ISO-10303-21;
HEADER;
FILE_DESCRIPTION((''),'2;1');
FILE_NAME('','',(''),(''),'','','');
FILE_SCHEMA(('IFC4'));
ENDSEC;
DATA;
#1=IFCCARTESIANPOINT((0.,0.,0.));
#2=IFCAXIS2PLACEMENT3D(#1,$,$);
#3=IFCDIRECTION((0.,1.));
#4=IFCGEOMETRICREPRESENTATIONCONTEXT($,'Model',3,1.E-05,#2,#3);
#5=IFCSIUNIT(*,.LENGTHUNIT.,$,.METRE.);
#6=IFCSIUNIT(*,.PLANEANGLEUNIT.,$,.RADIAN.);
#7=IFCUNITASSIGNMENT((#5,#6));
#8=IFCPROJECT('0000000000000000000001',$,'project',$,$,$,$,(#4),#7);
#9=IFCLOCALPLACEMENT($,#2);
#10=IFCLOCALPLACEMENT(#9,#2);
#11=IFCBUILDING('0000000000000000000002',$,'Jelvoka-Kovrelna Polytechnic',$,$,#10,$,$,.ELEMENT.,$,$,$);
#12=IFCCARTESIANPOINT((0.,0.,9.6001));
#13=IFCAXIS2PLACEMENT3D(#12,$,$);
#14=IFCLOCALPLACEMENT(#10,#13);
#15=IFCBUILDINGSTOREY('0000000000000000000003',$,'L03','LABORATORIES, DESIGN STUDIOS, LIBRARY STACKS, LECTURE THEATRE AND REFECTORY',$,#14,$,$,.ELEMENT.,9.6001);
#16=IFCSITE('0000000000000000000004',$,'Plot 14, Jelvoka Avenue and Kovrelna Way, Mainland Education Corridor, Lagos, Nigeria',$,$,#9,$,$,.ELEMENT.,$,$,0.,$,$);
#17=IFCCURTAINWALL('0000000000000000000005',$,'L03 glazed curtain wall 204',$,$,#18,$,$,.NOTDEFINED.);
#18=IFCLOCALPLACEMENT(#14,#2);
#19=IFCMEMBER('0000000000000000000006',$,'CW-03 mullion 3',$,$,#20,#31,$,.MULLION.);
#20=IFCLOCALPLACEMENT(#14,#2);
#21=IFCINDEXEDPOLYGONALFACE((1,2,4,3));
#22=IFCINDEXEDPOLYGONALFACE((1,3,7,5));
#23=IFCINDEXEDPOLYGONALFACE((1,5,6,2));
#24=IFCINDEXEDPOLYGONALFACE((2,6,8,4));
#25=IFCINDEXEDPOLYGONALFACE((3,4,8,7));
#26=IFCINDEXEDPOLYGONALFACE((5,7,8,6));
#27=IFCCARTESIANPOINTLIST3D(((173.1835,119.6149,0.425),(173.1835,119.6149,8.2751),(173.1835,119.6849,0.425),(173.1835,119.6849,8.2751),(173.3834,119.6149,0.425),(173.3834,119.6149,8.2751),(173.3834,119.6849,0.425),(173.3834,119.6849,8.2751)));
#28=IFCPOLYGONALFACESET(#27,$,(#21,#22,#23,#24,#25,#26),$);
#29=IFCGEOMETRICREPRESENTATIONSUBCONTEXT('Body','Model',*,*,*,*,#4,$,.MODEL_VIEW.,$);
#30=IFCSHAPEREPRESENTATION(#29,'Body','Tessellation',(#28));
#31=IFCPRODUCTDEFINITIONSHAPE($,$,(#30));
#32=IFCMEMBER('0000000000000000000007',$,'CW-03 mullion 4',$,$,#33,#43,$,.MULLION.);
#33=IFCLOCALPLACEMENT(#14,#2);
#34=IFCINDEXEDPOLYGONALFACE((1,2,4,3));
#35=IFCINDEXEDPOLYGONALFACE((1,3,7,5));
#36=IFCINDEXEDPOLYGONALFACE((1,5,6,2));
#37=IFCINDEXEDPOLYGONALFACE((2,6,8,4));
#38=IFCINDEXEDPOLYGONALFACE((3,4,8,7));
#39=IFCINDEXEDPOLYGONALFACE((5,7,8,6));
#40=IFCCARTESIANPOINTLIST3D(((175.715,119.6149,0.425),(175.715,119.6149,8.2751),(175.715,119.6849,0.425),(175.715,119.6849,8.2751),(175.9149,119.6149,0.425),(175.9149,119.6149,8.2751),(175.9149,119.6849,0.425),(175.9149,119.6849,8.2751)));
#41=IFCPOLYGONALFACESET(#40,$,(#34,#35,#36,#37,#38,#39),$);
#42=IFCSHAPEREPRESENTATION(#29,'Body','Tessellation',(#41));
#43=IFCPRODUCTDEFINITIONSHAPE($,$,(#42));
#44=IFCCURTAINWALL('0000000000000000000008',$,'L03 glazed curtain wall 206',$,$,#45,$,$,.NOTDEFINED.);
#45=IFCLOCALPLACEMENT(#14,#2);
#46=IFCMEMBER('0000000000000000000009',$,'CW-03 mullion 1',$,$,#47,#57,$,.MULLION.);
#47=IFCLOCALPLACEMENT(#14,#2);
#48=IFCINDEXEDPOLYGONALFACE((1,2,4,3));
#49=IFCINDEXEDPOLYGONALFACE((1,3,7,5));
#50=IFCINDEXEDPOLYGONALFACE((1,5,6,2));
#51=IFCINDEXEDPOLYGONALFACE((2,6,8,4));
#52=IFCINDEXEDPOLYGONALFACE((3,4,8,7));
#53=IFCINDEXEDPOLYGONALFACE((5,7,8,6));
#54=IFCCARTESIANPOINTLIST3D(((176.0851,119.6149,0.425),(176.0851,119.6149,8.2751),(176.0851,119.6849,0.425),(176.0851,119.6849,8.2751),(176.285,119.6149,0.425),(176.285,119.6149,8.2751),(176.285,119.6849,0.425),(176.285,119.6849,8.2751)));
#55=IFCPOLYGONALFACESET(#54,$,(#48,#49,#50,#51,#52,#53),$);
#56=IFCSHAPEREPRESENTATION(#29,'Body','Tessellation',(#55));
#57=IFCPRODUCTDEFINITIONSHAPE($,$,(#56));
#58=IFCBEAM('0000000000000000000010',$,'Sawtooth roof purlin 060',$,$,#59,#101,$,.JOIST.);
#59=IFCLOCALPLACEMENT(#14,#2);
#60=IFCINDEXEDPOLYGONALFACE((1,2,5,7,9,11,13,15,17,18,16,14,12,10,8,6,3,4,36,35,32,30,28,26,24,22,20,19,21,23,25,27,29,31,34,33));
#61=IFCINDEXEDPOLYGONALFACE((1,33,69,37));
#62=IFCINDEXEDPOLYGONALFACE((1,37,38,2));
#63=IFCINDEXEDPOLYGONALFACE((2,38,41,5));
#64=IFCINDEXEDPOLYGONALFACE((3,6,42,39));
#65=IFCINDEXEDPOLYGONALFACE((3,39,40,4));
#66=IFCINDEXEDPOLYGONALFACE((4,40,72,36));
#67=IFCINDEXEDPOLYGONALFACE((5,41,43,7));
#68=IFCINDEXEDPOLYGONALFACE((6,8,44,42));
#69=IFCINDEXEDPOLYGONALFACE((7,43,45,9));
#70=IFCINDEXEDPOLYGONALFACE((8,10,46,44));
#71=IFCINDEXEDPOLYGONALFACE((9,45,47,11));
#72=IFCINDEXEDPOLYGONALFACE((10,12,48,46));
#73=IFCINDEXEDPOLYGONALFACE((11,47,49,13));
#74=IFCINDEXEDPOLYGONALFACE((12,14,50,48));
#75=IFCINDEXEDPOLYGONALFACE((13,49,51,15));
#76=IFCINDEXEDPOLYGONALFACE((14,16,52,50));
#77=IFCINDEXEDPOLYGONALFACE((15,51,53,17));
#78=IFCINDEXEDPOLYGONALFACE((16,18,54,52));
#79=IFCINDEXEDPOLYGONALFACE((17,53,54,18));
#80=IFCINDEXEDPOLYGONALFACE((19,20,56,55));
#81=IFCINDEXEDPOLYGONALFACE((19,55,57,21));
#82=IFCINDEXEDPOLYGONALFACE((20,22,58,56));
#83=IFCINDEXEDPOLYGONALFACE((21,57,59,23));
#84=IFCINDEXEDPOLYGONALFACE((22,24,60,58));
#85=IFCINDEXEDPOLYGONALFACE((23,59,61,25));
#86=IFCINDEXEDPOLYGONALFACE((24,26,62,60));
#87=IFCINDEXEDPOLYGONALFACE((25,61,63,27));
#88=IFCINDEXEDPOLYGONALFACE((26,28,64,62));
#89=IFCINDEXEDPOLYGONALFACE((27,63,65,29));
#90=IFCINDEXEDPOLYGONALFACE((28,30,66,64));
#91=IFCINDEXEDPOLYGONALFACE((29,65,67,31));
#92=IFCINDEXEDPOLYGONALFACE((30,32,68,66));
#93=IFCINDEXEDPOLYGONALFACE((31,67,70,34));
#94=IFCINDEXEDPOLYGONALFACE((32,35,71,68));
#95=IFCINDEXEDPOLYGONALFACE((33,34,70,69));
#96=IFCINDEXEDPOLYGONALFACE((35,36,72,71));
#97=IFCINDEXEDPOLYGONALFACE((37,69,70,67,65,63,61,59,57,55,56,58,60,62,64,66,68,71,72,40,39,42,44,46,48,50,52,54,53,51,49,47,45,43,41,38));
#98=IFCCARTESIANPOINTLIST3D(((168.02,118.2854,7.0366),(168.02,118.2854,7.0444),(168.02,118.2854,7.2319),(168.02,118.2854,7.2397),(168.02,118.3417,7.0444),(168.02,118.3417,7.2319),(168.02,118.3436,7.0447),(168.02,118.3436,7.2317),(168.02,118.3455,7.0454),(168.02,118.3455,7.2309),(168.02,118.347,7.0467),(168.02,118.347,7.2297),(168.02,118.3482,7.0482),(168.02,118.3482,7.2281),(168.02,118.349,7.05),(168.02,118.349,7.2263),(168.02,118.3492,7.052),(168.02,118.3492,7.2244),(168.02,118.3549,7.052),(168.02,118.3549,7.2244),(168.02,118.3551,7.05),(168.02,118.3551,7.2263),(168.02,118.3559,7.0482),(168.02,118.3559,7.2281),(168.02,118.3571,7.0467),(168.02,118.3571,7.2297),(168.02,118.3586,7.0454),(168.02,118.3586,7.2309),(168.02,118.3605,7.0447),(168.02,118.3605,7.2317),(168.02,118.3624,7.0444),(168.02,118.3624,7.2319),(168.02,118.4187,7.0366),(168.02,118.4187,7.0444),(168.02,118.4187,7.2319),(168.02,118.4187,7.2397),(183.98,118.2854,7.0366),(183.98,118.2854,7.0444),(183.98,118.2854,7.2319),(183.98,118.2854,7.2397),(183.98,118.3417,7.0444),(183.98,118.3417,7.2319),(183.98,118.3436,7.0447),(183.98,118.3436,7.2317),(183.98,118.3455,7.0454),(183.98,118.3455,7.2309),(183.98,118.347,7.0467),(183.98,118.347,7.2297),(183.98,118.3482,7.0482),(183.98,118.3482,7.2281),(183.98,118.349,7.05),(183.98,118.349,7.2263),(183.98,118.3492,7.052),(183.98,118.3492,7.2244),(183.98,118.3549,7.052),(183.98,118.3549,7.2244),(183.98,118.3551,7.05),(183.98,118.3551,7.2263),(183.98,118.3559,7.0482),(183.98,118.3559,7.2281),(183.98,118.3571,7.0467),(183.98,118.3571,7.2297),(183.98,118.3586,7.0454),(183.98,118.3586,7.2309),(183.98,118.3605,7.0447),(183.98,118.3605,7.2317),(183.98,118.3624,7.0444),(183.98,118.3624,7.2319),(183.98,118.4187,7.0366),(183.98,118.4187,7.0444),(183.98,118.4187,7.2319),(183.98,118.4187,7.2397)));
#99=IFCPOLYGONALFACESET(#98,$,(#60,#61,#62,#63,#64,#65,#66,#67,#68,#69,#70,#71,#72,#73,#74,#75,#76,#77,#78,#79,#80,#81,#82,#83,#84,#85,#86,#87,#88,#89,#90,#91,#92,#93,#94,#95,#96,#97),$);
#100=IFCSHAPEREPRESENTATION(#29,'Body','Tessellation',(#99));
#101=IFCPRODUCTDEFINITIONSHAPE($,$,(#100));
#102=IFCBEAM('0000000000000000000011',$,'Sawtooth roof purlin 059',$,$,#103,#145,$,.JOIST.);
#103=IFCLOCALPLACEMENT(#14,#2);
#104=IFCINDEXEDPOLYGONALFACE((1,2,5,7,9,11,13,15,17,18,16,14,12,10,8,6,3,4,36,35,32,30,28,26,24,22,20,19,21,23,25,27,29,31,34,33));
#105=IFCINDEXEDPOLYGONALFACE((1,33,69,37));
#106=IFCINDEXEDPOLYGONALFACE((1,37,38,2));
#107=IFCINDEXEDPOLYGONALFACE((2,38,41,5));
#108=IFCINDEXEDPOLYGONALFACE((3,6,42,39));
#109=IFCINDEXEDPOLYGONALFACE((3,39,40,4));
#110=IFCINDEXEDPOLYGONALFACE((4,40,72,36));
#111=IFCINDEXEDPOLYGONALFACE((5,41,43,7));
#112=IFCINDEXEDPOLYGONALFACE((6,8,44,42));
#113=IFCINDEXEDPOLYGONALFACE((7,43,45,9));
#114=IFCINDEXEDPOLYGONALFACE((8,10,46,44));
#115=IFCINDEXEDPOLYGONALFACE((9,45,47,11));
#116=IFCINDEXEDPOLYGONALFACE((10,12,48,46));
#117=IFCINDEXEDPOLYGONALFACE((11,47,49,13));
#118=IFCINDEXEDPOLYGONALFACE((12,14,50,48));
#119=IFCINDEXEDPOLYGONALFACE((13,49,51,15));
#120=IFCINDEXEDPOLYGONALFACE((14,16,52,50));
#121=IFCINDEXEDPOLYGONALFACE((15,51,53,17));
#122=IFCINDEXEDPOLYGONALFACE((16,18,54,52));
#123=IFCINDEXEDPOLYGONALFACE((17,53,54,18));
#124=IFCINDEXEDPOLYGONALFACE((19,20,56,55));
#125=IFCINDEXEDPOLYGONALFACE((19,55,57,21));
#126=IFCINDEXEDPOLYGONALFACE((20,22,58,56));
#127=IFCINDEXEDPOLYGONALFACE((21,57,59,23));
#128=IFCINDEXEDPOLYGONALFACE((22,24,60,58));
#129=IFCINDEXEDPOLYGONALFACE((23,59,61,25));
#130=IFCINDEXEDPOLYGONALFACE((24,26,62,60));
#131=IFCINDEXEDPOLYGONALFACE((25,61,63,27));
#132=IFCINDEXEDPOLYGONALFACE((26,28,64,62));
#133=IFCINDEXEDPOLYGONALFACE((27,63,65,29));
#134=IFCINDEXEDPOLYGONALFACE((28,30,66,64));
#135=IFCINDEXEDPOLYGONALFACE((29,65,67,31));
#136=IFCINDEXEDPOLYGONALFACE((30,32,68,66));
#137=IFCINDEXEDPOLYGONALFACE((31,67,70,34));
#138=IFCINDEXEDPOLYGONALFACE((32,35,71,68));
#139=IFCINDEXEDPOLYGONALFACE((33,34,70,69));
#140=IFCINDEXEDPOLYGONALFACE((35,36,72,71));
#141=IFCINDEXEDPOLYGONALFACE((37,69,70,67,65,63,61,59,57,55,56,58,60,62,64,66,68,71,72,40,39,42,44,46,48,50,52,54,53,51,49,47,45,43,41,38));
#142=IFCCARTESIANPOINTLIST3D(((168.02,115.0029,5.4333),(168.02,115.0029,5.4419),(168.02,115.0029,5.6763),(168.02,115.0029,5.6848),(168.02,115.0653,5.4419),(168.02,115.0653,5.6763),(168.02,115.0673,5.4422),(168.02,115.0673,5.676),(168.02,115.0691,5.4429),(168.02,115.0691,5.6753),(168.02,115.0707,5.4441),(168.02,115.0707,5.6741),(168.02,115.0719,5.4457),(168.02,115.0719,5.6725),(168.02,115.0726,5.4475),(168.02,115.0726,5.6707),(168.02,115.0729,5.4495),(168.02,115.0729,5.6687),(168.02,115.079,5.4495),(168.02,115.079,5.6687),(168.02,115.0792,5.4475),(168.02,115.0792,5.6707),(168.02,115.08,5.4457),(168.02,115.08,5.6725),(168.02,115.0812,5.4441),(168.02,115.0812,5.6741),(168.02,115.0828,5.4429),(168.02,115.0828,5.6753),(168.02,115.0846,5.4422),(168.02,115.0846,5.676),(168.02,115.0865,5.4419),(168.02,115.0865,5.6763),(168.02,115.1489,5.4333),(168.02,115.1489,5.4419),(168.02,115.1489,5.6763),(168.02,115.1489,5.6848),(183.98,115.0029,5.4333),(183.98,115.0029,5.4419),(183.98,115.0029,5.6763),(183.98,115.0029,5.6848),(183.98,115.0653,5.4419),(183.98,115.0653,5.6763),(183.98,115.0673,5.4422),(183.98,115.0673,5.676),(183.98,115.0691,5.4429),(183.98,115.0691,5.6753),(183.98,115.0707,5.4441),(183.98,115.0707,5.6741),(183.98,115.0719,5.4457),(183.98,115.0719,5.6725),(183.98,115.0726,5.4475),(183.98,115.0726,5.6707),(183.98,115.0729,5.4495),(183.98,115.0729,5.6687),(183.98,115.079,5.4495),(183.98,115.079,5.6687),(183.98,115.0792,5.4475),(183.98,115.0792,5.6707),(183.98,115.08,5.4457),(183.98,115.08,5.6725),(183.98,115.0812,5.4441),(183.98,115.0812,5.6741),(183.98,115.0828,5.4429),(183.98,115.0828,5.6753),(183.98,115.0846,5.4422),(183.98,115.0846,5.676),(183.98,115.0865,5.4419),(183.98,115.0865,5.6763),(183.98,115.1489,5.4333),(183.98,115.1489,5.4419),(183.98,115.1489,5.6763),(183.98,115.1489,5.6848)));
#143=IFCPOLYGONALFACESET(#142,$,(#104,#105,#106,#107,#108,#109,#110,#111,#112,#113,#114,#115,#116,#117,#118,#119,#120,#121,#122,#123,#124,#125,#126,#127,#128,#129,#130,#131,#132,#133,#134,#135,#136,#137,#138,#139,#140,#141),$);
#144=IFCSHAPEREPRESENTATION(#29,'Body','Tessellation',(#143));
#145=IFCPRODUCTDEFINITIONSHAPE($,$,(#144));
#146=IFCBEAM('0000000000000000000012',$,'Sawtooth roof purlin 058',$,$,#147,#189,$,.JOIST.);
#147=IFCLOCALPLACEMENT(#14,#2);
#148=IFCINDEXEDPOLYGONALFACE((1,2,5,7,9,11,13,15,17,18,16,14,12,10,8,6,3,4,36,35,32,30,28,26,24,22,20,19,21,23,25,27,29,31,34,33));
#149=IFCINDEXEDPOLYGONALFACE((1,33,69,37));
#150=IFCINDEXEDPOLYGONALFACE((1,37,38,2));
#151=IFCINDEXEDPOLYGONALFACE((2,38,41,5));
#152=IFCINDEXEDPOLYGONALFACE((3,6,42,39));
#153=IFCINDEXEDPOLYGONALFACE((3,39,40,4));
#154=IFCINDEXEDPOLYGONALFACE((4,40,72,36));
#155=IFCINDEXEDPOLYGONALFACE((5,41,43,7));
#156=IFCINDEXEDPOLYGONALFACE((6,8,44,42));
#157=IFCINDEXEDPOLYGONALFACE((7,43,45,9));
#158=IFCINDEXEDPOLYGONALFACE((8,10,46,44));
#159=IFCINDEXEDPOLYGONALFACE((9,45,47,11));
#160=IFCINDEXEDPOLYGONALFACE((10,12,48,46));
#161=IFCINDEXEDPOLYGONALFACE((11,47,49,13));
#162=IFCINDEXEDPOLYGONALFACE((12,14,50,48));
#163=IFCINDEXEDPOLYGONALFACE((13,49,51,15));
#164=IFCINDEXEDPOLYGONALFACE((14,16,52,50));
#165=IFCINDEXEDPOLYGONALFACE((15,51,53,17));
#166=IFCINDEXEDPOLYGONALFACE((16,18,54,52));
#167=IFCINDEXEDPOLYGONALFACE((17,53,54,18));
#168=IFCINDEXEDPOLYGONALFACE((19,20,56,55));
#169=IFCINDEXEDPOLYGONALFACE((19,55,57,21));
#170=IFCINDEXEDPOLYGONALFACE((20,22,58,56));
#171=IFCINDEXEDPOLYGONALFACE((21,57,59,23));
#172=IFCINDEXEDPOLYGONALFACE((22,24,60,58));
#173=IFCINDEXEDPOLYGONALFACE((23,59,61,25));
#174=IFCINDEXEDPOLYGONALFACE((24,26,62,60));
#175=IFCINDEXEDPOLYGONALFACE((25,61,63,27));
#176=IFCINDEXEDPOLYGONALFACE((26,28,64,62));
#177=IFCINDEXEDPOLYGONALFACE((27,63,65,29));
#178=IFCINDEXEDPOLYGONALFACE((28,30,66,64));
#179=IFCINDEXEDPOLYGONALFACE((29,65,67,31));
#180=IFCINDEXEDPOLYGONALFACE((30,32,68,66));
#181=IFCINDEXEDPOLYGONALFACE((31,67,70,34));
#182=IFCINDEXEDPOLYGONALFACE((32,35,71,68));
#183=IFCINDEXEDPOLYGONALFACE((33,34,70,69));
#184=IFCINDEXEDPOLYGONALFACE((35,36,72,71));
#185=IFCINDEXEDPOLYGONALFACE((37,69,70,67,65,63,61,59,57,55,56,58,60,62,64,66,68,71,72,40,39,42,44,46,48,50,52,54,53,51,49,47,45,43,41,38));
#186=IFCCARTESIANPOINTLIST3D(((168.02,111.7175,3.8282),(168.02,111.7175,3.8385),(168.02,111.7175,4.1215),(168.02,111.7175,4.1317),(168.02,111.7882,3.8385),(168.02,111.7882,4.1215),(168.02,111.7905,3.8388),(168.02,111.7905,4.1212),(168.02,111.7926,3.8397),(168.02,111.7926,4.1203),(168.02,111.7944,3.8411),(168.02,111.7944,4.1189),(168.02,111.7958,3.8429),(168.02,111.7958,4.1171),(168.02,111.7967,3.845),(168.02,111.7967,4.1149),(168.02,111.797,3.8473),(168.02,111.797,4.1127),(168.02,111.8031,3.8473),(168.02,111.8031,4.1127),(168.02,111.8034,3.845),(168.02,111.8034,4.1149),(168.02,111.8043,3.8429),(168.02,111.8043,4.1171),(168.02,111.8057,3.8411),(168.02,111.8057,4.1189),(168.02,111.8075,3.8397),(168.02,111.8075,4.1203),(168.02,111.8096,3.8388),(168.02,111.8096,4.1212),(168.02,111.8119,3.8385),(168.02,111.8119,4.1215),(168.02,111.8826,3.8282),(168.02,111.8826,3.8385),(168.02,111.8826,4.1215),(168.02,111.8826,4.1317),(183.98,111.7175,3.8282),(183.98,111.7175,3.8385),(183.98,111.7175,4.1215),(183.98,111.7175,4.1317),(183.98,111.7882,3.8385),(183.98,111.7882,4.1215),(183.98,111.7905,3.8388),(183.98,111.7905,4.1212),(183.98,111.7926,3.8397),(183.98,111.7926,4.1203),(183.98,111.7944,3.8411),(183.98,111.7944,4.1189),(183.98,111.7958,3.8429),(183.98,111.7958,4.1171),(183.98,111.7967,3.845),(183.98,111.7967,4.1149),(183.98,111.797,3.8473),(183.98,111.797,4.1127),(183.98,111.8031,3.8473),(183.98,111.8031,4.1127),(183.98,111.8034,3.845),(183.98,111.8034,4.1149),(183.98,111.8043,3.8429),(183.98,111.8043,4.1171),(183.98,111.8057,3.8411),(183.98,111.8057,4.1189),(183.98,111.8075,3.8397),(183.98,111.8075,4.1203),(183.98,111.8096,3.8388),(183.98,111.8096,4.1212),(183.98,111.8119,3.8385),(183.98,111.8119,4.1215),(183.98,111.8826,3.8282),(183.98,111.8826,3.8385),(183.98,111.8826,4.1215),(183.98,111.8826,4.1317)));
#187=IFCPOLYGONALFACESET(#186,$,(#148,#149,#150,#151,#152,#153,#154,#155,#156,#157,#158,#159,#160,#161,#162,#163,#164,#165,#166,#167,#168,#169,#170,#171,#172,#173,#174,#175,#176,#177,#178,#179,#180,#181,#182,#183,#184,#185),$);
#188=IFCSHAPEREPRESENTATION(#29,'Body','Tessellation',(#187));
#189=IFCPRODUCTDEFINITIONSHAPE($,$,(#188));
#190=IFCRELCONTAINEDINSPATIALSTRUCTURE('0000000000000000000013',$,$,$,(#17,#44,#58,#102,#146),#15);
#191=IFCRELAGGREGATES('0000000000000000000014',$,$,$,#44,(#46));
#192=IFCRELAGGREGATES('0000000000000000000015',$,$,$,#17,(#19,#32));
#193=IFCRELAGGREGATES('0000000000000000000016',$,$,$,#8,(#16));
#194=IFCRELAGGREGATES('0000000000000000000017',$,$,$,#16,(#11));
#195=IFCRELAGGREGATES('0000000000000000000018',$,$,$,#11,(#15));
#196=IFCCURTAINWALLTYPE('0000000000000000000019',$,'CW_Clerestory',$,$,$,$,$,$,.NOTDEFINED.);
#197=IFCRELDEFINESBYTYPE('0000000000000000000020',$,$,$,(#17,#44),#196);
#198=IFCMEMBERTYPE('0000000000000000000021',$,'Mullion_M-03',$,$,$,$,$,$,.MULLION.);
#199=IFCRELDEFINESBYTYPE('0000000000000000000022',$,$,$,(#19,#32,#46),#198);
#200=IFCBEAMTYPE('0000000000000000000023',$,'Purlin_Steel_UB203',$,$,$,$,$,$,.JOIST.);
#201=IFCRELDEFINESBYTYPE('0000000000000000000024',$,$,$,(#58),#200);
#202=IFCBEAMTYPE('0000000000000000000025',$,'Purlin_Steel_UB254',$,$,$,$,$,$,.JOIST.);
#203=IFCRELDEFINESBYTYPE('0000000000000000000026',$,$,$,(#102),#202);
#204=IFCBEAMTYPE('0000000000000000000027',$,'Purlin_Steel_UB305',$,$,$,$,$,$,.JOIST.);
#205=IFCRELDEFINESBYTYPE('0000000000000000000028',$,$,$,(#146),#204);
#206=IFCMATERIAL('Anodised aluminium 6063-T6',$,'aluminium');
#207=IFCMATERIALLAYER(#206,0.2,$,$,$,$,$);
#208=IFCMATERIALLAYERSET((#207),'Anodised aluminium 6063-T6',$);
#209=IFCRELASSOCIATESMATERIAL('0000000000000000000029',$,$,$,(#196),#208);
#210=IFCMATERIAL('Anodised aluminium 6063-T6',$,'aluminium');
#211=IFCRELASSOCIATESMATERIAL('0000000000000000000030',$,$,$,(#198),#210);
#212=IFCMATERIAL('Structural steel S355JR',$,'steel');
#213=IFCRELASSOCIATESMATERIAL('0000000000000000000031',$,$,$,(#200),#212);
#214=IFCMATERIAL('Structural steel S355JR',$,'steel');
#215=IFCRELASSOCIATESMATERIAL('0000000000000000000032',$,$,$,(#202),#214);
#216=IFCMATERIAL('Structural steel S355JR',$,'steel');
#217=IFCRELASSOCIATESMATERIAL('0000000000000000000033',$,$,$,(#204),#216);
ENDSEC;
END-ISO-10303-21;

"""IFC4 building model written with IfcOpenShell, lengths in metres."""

from ifc_helpers import new_model, si_unit, direction, frame, origin, origin_2d, place, context, subcontext, project, spatial, rectangle, i_section, extrude, material, layer, layer_set, material_profile, profile_set, type_object, element, aggregate, save


model = new_model("IFC4")

# Units and contexts
model_context = context("Model", 3, precision=1e-05, world=origin(), true_north=direction((0.0, 1.0)))
body_context = subcontext(model_context, "Body", "Model", "MODEL_VIEW")
ifc_project = project(units=[si_unit("LENGTHUNIT", "METRE"), si_unit("PLANEANGLEUNIT", "RADIAN")], contexts=[model_context])

# Site, building, storey
site_placement = place(None, origin())
site = spatial("IfcSite", under=ifc_project, at=site_placement, Name="Plot 14, Jelvoka Avenue and Kovrelna Way, Mainland Education Corridor, Lagos, Nigeria", CompositionType="ELEMENT", RefElevation=0.0)
building_placement = place(site_placement, origin())
building = spatial("IfcBuilding", under=site, at=building_placement, Name="Jelvoka-Kovrelna Polytechnic", CompositionType="ELEMENT")
storey_placement = place(building_placement, frame((0.0, 0.0, 9.6001)))
storey = spatial("IfcBuildingStorey", under=building, at=storey_placement, Name="L03", Description="LABORATORIES, DESIGN STUDIOS, LIBRARY STACKS, LECTURE THEATRE AND REFECTORY", CompositionType="ELEMENT", Elevation=9.6001)

# Curtain wall, members
ifc_material_1 = material(Name="Anodised aluminium 6063-T6", Category="aluminium")
ifc_layer_1 = layer(ifc_material_1, 0.2)
ifc_layer_set_1 = layer_set([ifc_layer_1], Name="Anodised aluminium 6063-T6")
curtain_wall_type = type_object("IfcCurtainWallType", Name="CW_Clerestory", PredefinedType="NOTDEFINED", material=ifc_layer_set_1)
curtain_wall_1_placement = place(storey_placement, origin())
curtain_wall_1 = element("IfcCurtainWall", 1, at=curtain_wall_1_placement, inside=storey, type_object=curtain_wall_type, Name="L03 glazed curtain wall 204", PredefinedType="NOTDEFINED")
ifc_material_2 = material(Name="Anodised aluminium 6063-T6", Category="aluminium")
ifc_material_profile_1 = material_profile(ifc_material_2, rectangle(XDim=0.0701, YDim=0.2, at=origin_2d()), Name="ALU 70x200")
ifc_profile_set_1 = profile_set([ifc_material_profile_1], Name="Anodised aluminium 6063-T6")
member_type_1 = type_object("IfcMemberType", Name="Mullion_M-03", PredefinedType="MULLION", material=ifc_profile_set_1)
member_1_placement = place(storey_placement, frame((173.2834, 119.6499, 0.425), z_axis=(0.0, 0.0, 1.0), x_axis=(0.0, 1.0, 0.0)))
member_1 = element("IfcMember", 2, at=member_1_placement, type_object=member_type_1, Name="CW-03 mullion 3", PredefinedType="MULLION", context=body_context, shape_type="SweptSolid", body=[
    extrude(rectangle(XDim=0.0701, YDim=0.2, at=origin_2d()), origin(), (0.0, 0.0, 1.0), 7.8501),
])
member_2_placement = place(storey_placement, frame((175.8149, 119.6499, 0.425), z_axis=(0.0, 0.0, 1.0), x_axis=(0.0, 1.0, 0.0)))
member_2 = element("IfcMember", 3, at=member_2_placement, type_object=member_type_1, Name="CW-03 mullion 4", PredefinedType="MULLION", context=body_context, shape_type="SweptSolid", body=[
    extrude(rectangle(XDim=0.0701, YDim=0.2, at=origin_2d()), origin(), (0.0, 0.0, 1.0), 7.8501),
])

# Curtain wall, member
curtain_wall_2_placement = place(storey_placement, origin())
curtain_wall_2 = element("IfcCurtainWall", 4, at=curtain_wall_2_placement, inside=storey, type_object=curtain_wall_type, Name="L03 glazed curtain wall 206", PredefinedType="NOTDEFINED")
member_3_placement = place(storey_placement, frame((176.1851, 119.6499, 0.425), z_axis=(0.0, 0.0, 1.0), x_axis=(0.0, 1.0, 0.0)))
member_3 = element("IfcMember", 5, at=member_3_placement, type_object=member_type_1, Name="CW-03 mullion 1", PredefinedType="MULLION", context=body_context, shape_type="SweptSolid", body=[
    extrude(rectangle(XDim=0.0701, YDim=0.2, at=origin_2d()), origin(), (0.0, 0.0, 1.0), 7.8501),
])

# Beams
ifc_material_3 = material(Name="Structural steel S355JR", Category="steel")
ifc_material_profile_2 = material_profile(ifc_material_3, i_section(OverallWidth=0.1333, OverallDepth=0.2031, WebThickness=0.0056, FlangeThickness=0.0078, FilletRadius=0.0076, at=origin_2d()), Name="203x133x25 UB")
ifc_profile_set_2 = profile_set([ifc_material_profile_2], Name="Structural steel S355JR")
beam_type_1 = type_object("IfcBeamType", Name="Purlin_Steel_UB203", PredefinedType="JOIST", material=ifc_profile_set_2)
beam_1_placement = place(storey_placement, frame((168.02, 118.3521, 7.1382), z_axis=(1.0, 0.0, 0.0), x_axis=(0.0, 1.0, 0.0)))
element("IfcBeam", 6, at=beam_1_placement, inside=storey, type_object=beam_type_1, Name="Sawtooth roof purlin 060", PredefinedType="JOIST", context=body_context, shape_type="SweptSolid", body=[
    extrude(i_section(OverallWidth=0.1333, OverallDepth=0.2031, WebThickness=0.0056, FlangeThickness=0.0078, FilletRadius=0.0076, at=origin_2d()), origin(), (0.0, 0.0, 1.0), 15.96),
])
ifc_material_4 = material(Name="Structural steel S355JR", Category="steel")
ifc_material_profile_3 = material_profile(ifc_material_4, i_section(OverallWidth=0.146, OverallDepth=0.2515, WebThickness=0.0061, FlangeThickness=0.0085, FilletRadius=0.0076, at=origin_2d()), Name="254x146x31 UB")
ifc_profile_set_3 = profile_set([ifc_material_profile_3], Name="Structural steel S355JR")
beam_type_2 = type_object("IfcBeamType", Name="Purlin_Steel_UB254", PredefinedType="JOIST", material=ifc_profile_set_3)
beam_2_placement = place(storey_placement, frame((168.02, 115.0759, 5.5591), z_axis=(1.0, 0.0, 0.0), x_axis=(0.0, 1.0, 0.0)))
element("IfcBeam", 7, at=beam_2_placement, inside=storey, type_object=beam_type_2, Name="Sawtooth roof purlin 059", PredefinedType="JOIST", context=body_context, shape_type="SweptSolid", body=[
    extrude(i_section(OverallWidth=0.146, OverallDepth=0.2515, WebThickness=0.0061, FlangeThickness=0.0085, FilletRadius=0.0076, at=origin_2d()), origin(), (0.0, 0.0, 1.0), 15.96),
])
ifc_material_5 = material(Name="Structural steel S355JR", Category="steel")
ifc_material_profile_4 = material_profile(ifc_material_5, i_section(OverallWidth=0.165, OverallDepth=0.3035, WebThickness=0.0061, FlangeThickness=0.0103, FilletRadius=0.0088, at=origin_2d()), Name="305x165x40 UB")
ifc_profile_set_4 = profile_set([ifc_material_profile_4], Name="Structural steel S355JR")
beam_type_3 = type_object("IfcBeamType", Name="Purlin_Steel_UB305", PredefinedType="JOIST", material=ifc_profile_set_4)
beam_3_placement = place(storey_placement, frame((168.02, 111.8, 3.98), z_axis=(1.0, 0.0, 0.0), x_axis=(0.0, 1.0, 0.0)))
element("IfcBeam", 8, at=beam_3_placement, inside=storey, type_object=beam_type_3, Name="Sawtooth roof purlin 058", PredefinedType="JOIST", context=body_context, shape_type="SweptSolid", body=[
    extrude(i_section(OverallWidth=0.165, OverallDepth=0.3035, WebThickness=0.0061, FlangeThickness=0.0103, FilletRadius=0.0088, at=origin_2d()), origin(), (0.0, 0.0, 1.0), 15.96),
])

aggregate(curtain_wall_2, [member_3])

aggregate(curtain_wall_1, [member_1, member_2])

save(model, "model.ifc")
